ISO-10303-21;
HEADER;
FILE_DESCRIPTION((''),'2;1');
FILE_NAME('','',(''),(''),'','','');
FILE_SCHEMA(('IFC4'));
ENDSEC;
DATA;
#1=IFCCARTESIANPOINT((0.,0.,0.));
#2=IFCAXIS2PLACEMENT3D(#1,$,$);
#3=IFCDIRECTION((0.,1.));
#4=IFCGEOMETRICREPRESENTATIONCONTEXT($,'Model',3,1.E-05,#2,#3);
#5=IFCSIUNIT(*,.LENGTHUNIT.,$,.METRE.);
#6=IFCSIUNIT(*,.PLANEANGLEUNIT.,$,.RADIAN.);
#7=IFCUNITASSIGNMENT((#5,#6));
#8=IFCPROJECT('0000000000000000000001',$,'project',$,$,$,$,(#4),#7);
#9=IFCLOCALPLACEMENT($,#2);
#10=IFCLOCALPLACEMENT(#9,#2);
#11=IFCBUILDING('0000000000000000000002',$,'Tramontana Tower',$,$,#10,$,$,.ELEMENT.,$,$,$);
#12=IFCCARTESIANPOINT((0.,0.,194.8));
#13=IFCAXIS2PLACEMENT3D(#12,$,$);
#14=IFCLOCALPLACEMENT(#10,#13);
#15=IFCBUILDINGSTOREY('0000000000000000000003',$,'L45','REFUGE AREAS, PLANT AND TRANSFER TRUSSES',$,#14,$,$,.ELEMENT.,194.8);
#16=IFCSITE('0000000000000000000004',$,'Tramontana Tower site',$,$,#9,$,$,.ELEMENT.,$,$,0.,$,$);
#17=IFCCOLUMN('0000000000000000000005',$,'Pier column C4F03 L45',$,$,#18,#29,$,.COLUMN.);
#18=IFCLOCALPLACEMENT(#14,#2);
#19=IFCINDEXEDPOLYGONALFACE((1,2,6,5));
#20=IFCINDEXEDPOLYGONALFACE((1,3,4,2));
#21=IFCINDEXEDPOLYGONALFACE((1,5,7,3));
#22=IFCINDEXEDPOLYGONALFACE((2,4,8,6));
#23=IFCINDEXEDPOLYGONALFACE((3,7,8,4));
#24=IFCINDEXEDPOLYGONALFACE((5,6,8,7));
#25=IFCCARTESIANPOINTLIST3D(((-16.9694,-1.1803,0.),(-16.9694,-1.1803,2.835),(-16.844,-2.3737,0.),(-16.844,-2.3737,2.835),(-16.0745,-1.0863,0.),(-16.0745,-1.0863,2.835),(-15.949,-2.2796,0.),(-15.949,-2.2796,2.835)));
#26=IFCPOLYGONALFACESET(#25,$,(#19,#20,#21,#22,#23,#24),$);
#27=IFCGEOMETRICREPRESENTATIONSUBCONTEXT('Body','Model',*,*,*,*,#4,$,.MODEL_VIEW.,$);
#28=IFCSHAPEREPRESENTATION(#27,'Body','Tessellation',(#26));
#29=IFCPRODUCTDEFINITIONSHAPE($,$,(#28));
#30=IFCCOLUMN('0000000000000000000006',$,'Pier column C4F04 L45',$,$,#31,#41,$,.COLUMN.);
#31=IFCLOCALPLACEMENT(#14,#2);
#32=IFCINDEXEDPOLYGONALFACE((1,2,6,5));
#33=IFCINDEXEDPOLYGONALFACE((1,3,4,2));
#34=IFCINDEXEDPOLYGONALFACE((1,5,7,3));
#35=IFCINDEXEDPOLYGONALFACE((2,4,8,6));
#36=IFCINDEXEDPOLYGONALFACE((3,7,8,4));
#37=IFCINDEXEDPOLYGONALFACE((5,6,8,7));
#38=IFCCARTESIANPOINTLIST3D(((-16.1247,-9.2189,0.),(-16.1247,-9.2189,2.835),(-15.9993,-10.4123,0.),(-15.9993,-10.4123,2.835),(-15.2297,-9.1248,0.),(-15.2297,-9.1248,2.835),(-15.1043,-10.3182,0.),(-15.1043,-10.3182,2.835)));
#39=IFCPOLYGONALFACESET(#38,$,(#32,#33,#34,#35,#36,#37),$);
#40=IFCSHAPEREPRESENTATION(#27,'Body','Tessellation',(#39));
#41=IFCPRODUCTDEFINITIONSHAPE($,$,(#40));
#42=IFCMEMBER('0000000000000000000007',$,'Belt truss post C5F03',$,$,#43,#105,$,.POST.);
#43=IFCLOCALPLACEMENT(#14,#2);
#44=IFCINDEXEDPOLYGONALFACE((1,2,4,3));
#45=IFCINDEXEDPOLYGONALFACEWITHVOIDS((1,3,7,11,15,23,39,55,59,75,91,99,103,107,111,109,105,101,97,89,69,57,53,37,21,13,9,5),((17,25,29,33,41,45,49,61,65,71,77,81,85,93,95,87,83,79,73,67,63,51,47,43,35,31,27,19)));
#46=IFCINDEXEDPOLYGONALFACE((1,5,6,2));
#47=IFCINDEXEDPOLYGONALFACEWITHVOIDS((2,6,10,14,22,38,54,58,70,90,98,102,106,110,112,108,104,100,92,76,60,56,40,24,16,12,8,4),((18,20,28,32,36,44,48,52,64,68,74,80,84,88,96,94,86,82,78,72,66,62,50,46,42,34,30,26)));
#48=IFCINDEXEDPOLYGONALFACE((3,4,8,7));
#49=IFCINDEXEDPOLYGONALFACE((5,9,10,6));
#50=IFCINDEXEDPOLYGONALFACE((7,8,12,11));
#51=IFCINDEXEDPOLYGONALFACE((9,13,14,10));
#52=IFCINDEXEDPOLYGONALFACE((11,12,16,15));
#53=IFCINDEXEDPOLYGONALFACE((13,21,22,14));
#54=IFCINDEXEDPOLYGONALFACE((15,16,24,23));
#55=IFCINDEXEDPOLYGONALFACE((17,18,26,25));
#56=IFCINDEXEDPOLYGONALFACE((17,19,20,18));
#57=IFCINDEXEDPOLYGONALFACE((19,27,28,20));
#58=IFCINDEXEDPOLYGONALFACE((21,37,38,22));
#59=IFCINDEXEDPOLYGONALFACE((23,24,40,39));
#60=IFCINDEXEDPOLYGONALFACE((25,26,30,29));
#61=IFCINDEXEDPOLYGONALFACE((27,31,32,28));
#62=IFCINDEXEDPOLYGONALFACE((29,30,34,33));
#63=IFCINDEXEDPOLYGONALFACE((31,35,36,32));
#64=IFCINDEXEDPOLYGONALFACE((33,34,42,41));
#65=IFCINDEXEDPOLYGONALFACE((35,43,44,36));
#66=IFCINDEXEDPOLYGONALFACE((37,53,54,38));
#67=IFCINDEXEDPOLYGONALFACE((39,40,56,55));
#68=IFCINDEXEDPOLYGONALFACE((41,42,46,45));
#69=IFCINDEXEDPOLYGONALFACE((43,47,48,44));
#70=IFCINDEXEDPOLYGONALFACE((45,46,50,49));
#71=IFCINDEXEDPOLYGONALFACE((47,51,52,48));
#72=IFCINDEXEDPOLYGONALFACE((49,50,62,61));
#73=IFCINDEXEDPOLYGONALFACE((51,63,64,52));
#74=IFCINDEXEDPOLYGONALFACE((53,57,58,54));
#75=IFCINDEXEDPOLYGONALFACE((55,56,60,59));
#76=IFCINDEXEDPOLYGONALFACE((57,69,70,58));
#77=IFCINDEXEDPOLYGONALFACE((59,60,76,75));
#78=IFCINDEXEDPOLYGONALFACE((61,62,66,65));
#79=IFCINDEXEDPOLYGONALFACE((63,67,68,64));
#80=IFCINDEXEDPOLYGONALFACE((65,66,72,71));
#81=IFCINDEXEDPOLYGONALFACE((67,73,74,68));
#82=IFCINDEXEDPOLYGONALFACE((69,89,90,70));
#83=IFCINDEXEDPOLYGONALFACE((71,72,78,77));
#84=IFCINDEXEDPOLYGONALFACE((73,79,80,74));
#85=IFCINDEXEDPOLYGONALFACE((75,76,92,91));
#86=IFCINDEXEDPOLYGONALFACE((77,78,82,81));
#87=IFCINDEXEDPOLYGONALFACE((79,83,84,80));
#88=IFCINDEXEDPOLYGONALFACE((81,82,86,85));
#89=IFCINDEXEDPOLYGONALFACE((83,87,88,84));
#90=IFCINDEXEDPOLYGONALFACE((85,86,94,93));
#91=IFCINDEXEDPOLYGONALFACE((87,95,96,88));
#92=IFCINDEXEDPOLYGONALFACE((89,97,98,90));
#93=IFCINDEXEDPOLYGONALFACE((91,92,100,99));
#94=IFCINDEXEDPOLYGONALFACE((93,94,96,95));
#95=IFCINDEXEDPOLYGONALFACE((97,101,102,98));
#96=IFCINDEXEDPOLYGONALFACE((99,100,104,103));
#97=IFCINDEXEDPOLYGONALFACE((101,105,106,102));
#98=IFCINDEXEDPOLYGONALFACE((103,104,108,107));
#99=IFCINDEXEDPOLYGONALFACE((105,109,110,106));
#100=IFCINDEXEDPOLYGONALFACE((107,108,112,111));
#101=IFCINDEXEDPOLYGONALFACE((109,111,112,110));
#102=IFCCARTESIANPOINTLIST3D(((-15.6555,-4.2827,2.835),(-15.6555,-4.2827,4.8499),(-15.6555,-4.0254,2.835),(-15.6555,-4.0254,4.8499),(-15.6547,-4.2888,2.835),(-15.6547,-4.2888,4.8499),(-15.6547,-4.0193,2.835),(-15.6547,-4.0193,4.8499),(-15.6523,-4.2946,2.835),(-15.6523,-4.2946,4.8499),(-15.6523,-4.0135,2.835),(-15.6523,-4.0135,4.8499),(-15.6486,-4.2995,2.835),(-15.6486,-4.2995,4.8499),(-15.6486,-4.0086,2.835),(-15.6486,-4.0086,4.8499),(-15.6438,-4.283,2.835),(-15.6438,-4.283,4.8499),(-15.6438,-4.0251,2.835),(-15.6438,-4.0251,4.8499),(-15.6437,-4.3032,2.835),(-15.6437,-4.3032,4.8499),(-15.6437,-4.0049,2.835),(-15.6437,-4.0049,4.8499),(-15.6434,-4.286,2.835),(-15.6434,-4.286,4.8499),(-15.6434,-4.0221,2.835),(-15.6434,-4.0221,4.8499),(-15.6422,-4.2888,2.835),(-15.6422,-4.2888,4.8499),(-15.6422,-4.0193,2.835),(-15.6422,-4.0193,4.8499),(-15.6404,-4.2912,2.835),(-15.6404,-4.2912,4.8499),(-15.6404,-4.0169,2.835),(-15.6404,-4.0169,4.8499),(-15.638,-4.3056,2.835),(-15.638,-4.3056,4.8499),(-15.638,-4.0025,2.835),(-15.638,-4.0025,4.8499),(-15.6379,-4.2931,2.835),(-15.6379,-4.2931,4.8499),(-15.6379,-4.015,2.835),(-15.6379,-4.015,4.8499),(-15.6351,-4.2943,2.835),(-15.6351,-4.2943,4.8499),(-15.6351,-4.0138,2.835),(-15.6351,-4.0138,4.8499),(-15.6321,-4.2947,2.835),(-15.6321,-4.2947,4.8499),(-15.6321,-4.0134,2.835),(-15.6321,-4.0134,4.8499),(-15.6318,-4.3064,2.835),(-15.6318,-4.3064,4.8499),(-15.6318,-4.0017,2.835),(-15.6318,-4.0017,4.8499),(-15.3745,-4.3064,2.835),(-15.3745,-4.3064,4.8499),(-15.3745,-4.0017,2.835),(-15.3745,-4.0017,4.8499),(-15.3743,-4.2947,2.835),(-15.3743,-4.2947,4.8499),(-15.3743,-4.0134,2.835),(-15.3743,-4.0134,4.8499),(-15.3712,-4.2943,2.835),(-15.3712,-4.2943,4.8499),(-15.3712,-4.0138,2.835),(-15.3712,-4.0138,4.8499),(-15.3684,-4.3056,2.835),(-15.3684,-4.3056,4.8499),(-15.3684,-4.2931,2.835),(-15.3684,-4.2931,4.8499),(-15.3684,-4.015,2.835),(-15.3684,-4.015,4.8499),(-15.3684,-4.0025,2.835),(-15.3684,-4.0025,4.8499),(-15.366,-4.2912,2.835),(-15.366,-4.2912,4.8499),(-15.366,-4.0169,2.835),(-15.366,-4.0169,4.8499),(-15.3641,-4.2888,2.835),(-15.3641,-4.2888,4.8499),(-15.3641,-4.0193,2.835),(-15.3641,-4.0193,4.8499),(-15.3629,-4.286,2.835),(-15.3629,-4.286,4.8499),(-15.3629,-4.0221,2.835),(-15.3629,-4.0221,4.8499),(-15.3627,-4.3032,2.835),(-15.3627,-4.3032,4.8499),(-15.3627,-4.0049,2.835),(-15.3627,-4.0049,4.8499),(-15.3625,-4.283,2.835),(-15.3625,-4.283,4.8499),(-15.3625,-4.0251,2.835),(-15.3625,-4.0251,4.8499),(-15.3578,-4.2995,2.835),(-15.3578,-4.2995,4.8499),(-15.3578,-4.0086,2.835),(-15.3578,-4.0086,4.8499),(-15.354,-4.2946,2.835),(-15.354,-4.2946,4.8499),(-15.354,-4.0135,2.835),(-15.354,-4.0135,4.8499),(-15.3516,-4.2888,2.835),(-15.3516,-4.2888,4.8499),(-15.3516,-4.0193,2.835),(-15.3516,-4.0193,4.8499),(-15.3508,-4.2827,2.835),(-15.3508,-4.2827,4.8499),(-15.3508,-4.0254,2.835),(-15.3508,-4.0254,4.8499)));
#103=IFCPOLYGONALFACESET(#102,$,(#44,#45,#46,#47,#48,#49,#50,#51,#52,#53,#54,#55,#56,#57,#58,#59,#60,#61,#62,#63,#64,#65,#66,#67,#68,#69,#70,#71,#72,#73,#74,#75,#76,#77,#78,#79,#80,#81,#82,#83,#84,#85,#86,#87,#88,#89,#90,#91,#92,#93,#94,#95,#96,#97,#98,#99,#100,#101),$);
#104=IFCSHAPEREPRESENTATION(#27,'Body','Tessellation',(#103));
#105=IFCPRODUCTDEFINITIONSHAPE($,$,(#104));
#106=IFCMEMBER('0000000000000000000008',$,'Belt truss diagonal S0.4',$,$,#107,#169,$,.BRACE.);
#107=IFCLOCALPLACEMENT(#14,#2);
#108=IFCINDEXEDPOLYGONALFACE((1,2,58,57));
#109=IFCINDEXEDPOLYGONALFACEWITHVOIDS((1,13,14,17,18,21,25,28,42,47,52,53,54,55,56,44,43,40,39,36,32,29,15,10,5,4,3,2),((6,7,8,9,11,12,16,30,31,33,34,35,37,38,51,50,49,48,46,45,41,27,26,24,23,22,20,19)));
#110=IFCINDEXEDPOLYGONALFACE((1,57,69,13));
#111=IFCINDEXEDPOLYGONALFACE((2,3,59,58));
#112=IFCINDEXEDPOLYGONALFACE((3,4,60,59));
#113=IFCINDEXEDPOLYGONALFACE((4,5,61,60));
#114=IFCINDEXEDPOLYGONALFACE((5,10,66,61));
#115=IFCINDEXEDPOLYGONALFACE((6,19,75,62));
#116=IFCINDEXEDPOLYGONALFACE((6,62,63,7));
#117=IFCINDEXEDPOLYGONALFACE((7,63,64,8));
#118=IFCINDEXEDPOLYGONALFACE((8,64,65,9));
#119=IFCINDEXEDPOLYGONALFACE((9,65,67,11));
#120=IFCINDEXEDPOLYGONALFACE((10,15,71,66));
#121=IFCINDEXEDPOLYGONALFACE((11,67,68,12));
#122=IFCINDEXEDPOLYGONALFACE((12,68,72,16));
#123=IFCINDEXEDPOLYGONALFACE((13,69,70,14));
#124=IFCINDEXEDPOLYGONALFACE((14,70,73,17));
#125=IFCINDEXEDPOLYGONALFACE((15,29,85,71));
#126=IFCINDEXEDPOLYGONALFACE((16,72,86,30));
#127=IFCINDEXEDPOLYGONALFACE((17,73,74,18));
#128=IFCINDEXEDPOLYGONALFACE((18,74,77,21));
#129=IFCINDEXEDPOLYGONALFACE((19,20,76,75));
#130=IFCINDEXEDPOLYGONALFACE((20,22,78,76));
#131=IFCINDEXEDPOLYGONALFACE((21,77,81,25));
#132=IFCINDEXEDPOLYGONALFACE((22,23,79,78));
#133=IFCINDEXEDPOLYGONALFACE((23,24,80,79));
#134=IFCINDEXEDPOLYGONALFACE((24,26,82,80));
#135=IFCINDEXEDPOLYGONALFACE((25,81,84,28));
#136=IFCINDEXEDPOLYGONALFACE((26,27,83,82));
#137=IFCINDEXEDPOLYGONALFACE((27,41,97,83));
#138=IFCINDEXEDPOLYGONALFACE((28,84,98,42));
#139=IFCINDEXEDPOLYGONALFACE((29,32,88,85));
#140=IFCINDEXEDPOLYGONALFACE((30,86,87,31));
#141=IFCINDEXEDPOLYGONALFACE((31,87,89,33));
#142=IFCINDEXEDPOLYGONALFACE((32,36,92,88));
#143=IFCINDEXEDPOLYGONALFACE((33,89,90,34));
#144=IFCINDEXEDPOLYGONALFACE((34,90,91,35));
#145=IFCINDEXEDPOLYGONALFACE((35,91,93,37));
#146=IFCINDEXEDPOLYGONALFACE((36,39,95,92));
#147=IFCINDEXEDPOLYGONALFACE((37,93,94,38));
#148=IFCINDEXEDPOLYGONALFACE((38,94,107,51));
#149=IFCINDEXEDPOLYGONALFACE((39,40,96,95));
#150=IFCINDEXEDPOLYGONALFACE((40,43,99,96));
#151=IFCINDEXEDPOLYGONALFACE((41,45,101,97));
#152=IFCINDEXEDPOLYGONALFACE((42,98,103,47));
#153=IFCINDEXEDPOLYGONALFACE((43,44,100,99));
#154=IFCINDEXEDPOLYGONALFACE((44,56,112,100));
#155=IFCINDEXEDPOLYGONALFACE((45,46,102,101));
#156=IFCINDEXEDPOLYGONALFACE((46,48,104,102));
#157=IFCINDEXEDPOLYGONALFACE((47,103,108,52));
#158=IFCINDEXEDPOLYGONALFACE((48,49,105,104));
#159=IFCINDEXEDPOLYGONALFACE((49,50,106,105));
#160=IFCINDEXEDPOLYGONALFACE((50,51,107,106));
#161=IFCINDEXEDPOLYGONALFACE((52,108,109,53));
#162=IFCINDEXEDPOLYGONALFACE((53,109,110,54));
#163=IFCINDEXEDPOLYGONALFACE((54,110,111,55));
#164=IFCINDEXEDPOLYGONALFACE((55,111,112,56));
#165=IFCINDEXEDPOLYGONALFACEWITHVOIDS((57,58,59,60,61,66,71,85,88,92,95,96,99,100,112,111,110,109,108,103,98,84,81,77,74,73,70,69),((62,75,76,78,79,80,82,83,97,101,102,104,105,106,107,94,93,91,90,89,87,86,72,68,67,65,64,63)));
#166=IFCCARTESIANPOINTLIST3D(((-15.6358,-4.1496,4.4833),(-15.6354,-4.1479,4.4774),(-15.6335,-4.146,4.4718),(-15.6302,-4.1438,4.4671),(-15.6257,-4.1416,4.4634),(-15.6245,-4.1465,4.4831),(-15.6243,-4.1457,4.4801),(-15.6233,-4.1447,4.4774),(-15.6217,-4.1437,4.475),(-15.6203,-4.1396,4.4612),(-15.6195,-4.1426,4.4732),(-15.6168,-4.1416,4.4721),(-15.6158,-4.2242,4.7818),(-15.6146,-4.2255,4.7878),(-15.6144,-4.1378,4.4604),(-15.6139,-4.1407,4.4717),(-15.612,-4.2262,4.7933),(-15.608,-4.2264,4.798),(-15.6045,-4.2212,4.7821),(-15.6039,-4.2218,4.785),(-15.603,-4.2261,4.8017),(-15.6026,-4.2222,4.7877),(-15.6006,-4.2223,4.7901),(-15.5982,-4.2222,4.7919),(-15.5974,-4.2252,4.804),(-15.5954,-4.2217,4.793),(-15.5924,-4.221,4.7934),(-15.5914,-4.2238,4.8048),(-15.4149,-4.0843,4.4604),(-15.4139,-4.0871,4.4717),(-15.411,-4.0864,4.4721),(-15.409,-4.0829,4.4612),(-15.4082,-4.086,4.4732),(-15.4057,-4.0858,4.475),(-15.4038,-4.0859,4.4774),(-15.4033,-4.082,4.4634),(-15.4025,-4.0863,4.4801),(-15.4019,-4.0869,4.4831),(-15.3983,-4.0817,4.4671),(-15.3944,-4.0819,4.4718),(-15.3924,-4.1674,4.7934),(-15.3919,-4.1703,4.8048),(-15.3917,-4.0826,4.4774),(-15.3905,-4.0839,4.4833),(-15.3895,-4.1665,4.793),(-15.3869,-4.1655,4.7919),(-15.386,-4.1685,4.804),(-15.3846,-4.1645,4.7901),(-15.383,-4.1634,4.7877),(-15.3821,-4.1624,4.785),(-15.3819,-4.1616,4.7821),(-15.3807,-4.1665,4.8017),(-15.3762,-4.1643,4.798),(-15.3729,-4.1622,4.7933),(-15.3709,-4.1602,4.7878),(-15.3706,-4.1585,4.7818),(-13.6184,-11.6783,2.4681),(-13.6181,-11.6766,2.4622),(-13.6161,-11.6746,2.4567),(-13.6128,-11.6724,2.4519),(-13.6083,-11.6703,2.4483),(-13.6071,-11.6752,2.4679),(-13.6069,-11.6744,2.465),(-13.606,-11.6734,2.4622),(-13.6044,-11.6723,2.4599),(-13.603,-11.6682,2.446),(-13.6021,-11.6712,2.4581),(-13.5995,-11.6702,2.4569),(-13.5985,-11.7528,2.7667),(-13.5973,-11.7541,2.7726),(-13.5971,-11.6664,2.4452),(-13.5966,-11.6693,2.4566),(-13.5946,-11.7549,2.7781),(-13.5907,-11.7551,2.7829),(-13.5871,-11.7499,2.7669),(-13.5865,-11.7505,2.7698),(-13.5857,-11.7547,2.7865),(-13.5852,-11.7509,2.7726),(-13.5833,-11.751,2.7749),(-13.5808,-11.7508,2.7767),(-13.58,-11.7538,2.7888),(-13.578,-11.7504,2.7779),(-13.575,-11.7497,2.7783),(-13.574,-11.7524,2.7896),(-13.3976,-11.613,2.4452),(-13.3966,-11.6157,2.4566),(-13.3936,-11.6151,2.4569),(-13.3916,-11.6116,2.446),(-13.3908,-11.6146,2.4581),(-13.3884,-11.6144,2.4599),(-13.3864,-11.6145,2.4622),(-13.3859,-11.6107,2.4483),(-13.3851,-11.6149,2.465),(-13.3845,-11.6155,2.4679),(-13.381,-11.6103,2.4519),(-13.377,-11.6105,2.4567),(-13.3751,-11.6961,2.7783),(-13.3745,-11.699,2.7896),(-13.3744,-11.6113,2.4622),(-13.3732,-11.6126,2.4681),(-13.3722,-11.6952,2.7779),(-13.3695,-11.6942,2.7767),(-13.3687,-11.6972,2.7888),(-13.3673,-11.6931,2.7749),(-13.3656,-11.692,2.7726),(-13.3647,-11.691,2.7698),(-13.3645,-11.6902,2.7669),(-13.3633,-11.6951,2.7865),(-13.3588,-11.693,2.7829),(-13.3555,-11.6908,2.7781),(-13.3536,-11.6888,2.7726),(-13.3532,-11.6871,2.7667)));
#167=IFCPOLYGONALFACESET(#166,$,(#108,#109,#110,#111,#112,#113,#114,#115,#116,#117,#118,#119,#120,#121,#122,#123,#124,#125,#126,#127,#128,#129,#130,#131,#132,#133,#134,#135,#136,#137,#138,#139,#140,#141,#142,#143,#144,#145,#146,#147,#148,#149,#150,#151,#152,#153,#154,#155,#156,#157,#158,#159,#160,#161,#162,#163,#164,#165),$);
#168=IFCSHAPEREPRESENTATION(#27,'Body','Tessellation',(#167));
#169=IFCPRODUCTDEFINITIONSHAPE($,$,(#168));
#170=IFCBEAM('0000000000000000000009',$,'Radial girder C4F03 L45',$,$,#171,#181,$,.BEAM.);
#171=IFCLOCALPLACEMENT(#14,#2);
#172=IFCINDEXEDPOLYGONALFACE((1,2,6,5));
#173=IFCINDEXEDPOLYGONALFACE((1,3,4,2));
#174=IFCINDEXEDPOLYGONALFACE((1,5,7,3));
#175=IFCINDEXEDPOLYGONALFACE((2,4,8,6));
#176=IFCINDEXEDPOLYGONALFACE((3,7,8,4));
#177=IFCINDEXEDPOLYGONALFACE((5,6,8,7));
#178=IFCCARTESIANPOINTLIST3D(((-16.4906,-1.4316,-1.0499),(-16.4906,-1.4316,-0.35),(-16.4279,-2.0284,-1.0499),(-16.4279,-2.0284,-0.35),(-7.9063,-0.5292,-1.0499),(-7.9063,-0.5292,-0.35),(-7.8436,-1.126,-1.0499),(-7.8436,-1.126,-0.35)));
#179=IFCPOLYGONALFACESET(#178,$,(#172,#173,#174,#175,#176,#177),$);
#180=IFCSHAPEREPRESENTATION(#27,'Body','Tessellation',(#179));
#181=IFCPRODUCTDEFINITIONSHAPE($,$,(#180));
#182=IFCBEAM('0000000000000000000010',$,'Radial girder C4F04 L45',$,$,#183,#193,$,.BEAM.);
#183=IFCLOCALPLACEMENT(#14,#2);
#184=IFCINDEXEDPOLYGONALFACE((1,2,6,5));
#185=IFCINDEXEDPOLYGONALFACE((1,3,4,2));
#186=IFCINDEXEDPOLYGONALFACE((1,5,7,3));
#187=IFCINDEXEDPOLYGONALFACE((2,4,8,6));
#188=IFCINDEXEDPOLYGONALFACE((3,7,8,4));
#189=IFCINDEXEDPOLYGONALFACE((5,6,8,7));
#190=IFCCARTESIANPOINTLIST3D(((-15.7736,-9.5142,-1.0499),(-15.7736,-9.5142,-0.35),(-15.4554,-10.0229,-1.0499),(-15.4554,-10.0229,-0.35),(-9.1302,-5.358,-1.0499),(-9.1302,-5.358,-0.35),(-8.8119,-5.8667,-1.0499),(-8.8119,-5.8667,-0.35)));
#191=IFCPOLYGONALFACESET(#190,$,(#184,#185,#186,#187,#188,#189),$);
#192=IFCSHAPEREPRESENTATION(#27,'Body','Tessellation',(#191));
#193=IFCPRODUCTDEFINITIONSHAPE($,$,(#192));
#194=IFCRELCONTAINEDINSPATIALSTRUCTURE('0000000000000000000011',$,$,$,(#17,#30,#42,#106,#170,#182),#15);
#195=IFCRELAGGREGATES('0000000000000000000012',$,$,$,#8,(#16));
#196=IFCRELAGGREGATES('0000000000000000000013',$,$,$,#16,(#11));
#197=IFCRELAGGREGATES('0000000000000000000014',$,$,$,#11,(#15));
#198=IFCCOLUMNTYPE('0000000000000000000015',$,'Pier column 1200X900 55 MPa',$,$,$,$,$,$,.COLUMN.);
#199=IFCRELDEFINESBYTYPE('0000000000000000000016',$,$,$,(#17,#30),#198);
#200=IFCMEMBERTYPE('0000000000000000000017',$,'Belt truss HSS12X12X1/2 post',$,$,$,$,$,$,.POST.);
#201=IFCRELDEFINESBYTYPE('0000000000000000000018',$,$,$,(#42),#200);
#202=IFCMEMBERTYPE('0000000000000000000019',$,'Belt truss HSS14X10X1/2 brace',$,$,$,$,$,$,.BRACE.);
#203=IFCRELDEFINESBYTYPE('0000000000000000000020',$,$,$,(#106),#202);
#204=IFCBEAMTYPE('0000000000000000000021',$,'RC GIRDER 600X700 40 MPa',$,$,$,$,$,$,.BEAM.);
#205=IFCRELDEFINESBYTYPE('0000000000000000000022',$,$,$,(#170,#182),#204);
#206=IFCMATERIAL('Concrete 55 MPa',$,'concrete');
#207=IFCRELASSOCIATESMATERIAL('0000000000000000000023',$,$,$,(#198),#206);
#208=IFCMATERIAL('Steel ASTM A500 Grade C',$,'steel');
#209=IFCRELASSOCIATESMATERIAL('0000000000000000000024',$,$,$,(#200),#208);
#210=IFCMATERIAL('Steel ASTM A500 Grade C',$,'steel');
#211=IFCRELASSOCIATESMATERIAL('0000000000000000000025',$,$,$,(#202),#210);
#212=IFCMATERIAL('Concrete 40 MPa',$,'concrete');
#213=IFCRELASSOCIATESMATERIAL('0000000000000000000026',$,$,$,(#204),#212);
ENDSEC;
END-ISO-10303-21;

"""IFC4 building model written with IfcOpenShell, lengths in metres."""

from ifc_helpers import new_model, si_unit, direction, frame, origin, origin_2d, place, context, subcontext, project, spatial, rectangle, hollow_rectangle, extrude, material, material_profile, profile_set, type_object, element, save


model = new_model("IFC4")

# Units and contexts
model_context = context("Model", 3, precision=1e-05, world=origin(), true_north=direction((0.0, 1.0)))
body_context = subcontext(model_context, "Body", "Model", "MODEL_VIEW")
ifc_project = project(units=[si_unit("LENGTHUNIT", "METRE"), si_unit("PLANEANGLEUNIT", "RADIAN")], contexts=[model_context])

# Site, building, storey
site_placement = place(None, origin())
site = spatial("IfcSite", under=ifc_project, at=site_placement, Name="Tramontana Tower site", CompositionType="ELEMENT", RefElevation=0.0)
building_placement = place(site_placement, origin())
building = spatial("IfcBuilding", under=site, at=building_placement, Name="Tramontana Tower", CompositionType="ELEMENT")
storey_placement = place(building_placement, frame((0.0, 0.0, 194.8)))
storey = spatial("IfcBuildingStorey", under=building, at=storey_placement, Name="L45", Description="REFUGE AREAS, PLANT AND TRANSFER TRUSSES", CompositionType="ELEMENT", Elevation=194.8)

# Columns
ifc_material_1 = material(Name="Concrete 55 MPa", Category="concrete")
ifc_material_profile_1 = material_profile(ifc_material_1, rectangle(XDim=1.2, YDim=0.8999, at=origin_2d()), Name="Pier column 1200X900 55 MPa")
ifc_profile_set_1 = profile_set([ifc_material_profile_1], Name="Concrete 55 MPa")
column_type = type_object("IfcColumnType", Name="Pier column 1200X900 55 MPa", PredefinedType="COLUMN", material=ifc_profile_set_1)
for number, where, z_axis, x_axis, name in (
    (1, (-16.4592, -1.73, 0.0), (0.0, 0.0, 1.0), (0.104528, -0.994522, 0.0), "Pier column C4F03 L45"),
    (2, (-15.6145, -9.7686, 0.0), (0.0, 0.0, 1.0), (0.104528, -0.994522, 0.0), "Pier column C4F04 L45"),
):
    element("IfcColumn", number, at=place(storey_placement, frame(where, z_axis=z_axis, x_axis=x_axis)), inside=storey, type_object=column_type, Name=name, PredefinedType="COLUMN", context=body_context, shape_type="SweptSolid", body=[
        extrude(rectangle(XDim=1.2, YDim=0.8999, at=origin_2d()), origin(), (0.0, 0.0, 1.0), 2.835),
    ])

# Members
ifc_material_2 = material(Name="Steel ASTM A500 Grade C", Category="steel")
ifc_material_profile_2 = material_profile(ifc_material_2, hollow_rectangle(XDim=0.3047, YDim=0.3047, WallThickness=0.0117, InnerFilletRadius=0.0117, OuterFilletRadius=0.0237, at=origin_2d()), Name="HSS12X12X1/2")
ifc_profile_set_2 = profile_set([ifc_material_profile_2], Name="Steel ASTM A500 Grade C")
member_type_1 = type_object("IfcMemberType", Name="Belt truss HSS12X12X1/2 post", PredefinedType="POST", material=ifc_profile_set_2)
member_1_placement = place(storey_placement, frame((-15.5032, -4.1541, 2.835), z_axis=(0.0, 0.0, 1.0), x_axis=(1.0, 0.0, 0.0)))
element("IfcMember", 3, at=member_1_placement, inside=storey, type_object=member_type_1, Name="Belt truss post C5F03", PredefinedType="POST", context=body_context, shape_type="SweptSolid", body=[
    extrude(hollow_rectangle(XDim=0.3047, YDim=0.3047, WallThickness=0.0117, InnerFilletRadius=0.0117, OuterFilletRadius=0.0237, at=origin_2d()), origin(), (0.0, 0.0, 1.0), 2.0149),
])
ifc_material_3 = material(Name="Steel ASTM A500 Grade C", Category="steel")
ifc_material_profile_3 = material_profile(ifc_material_3, hollow_rectangle(XDim=0.2539, YDim=0.3557, WallThickness=0.0117, InnerFilletRadius=0.0117, OuterFilletRadius=0.0237, at=origin_2d()), Name="HSS14X10X1/2")
ifc_profile_set_3 = profile_set([ifc_material_profile_3], Name="Steel ASTM A500 Grade C")
member_type_2 = type_object("IfcMemberType", Name="Belt truss HSS14X10X1/2 brace", PredefinedType="BRACE", material=ifc_profile_set_3)
member_2_placement = place(storey_placement, frame((-15.5032, -4.1541, 4.6326), z_axis=(0.250587, -0.935173, -0.250314), x_axis=(0.965924, 0.258826, 0.0)))
element("IfcMember", 4, at=member_2_placement, inside=storey, type_object=member_type_2, Name="Belt truss diagonal S0.4", PredefinedType="BRACE", context=body_context, shape_type="SweptSolid", body=[
    extrude(hollow_rectangle(XDim=0.2539, YDim=0.3557, WallThickness=0.0117, InnerFilletRadius=0.0117, OuterFilletRadius=0.0237, at=origin_2d()), origin(), (0.0, 0.0, 1.0), 8.0505),
])

# Beams
ifc_material_4 = material(Name="Concrete 40 MPa", Category="concrete")
ifc_material_profile_4 = material_profile(ifc_material_4, rectangle(XDim=0.6001, YDim=0.7, at=origin_2d()), Name="RC GIRDER 600X700 40 MPa")
ifc_profile_set_4 = profile_set([ifc_material_profile_4], Name="Concrete 40 MPa")
beam_type = type_object("IfcBeamType", Name="RC GIRDER 600X700 40 MPa", PredefinedType="BEAM", material=ifc_profile_set_4)
beam_1_placement = place(storey_placement, frame((-16.4592, -1.73, -0.7), z_axis=(0.994521, 0.10454, 0.0), x_axis=(-0.10454, 0.994521, 0.0)))
element("IfcBeam", 5, at=beam_1_placement, inside=storey, type_object=beam_type, Name="Radial girder C4F03 L45", PredefinedType="BEAM", context=body_context, shape_type="SweptSolid", body=[
    extrude(rectangle(XDim=0.6001, YDim=0.7, at=origin_2d()), origin(), (0.0, 0.0, 1.0), 8.6316),
])
beam_2_placement = place(storey_placement, frame((-15.6145, -9.7686, -0.7), z_axis=(0.847767, 0.530369, 0.0), x_axis=(-0.530369, 0.847767, 0.0)))
element("IfcBeam", 6, at=beam_2_placement, inside=storey, type_object=beam_type, Name="Radial girder C4F04 L45", PredefinedType="BEAM", context=body_context, shape_type="SweptSolid", body=[
    extrude(rectangle(XDim=0.6001, YDim=0.7, at=origin_2d()), origin(), (0.0, 0.0, 1.0), 7.8364),
])

save(model, "model.ifc")
